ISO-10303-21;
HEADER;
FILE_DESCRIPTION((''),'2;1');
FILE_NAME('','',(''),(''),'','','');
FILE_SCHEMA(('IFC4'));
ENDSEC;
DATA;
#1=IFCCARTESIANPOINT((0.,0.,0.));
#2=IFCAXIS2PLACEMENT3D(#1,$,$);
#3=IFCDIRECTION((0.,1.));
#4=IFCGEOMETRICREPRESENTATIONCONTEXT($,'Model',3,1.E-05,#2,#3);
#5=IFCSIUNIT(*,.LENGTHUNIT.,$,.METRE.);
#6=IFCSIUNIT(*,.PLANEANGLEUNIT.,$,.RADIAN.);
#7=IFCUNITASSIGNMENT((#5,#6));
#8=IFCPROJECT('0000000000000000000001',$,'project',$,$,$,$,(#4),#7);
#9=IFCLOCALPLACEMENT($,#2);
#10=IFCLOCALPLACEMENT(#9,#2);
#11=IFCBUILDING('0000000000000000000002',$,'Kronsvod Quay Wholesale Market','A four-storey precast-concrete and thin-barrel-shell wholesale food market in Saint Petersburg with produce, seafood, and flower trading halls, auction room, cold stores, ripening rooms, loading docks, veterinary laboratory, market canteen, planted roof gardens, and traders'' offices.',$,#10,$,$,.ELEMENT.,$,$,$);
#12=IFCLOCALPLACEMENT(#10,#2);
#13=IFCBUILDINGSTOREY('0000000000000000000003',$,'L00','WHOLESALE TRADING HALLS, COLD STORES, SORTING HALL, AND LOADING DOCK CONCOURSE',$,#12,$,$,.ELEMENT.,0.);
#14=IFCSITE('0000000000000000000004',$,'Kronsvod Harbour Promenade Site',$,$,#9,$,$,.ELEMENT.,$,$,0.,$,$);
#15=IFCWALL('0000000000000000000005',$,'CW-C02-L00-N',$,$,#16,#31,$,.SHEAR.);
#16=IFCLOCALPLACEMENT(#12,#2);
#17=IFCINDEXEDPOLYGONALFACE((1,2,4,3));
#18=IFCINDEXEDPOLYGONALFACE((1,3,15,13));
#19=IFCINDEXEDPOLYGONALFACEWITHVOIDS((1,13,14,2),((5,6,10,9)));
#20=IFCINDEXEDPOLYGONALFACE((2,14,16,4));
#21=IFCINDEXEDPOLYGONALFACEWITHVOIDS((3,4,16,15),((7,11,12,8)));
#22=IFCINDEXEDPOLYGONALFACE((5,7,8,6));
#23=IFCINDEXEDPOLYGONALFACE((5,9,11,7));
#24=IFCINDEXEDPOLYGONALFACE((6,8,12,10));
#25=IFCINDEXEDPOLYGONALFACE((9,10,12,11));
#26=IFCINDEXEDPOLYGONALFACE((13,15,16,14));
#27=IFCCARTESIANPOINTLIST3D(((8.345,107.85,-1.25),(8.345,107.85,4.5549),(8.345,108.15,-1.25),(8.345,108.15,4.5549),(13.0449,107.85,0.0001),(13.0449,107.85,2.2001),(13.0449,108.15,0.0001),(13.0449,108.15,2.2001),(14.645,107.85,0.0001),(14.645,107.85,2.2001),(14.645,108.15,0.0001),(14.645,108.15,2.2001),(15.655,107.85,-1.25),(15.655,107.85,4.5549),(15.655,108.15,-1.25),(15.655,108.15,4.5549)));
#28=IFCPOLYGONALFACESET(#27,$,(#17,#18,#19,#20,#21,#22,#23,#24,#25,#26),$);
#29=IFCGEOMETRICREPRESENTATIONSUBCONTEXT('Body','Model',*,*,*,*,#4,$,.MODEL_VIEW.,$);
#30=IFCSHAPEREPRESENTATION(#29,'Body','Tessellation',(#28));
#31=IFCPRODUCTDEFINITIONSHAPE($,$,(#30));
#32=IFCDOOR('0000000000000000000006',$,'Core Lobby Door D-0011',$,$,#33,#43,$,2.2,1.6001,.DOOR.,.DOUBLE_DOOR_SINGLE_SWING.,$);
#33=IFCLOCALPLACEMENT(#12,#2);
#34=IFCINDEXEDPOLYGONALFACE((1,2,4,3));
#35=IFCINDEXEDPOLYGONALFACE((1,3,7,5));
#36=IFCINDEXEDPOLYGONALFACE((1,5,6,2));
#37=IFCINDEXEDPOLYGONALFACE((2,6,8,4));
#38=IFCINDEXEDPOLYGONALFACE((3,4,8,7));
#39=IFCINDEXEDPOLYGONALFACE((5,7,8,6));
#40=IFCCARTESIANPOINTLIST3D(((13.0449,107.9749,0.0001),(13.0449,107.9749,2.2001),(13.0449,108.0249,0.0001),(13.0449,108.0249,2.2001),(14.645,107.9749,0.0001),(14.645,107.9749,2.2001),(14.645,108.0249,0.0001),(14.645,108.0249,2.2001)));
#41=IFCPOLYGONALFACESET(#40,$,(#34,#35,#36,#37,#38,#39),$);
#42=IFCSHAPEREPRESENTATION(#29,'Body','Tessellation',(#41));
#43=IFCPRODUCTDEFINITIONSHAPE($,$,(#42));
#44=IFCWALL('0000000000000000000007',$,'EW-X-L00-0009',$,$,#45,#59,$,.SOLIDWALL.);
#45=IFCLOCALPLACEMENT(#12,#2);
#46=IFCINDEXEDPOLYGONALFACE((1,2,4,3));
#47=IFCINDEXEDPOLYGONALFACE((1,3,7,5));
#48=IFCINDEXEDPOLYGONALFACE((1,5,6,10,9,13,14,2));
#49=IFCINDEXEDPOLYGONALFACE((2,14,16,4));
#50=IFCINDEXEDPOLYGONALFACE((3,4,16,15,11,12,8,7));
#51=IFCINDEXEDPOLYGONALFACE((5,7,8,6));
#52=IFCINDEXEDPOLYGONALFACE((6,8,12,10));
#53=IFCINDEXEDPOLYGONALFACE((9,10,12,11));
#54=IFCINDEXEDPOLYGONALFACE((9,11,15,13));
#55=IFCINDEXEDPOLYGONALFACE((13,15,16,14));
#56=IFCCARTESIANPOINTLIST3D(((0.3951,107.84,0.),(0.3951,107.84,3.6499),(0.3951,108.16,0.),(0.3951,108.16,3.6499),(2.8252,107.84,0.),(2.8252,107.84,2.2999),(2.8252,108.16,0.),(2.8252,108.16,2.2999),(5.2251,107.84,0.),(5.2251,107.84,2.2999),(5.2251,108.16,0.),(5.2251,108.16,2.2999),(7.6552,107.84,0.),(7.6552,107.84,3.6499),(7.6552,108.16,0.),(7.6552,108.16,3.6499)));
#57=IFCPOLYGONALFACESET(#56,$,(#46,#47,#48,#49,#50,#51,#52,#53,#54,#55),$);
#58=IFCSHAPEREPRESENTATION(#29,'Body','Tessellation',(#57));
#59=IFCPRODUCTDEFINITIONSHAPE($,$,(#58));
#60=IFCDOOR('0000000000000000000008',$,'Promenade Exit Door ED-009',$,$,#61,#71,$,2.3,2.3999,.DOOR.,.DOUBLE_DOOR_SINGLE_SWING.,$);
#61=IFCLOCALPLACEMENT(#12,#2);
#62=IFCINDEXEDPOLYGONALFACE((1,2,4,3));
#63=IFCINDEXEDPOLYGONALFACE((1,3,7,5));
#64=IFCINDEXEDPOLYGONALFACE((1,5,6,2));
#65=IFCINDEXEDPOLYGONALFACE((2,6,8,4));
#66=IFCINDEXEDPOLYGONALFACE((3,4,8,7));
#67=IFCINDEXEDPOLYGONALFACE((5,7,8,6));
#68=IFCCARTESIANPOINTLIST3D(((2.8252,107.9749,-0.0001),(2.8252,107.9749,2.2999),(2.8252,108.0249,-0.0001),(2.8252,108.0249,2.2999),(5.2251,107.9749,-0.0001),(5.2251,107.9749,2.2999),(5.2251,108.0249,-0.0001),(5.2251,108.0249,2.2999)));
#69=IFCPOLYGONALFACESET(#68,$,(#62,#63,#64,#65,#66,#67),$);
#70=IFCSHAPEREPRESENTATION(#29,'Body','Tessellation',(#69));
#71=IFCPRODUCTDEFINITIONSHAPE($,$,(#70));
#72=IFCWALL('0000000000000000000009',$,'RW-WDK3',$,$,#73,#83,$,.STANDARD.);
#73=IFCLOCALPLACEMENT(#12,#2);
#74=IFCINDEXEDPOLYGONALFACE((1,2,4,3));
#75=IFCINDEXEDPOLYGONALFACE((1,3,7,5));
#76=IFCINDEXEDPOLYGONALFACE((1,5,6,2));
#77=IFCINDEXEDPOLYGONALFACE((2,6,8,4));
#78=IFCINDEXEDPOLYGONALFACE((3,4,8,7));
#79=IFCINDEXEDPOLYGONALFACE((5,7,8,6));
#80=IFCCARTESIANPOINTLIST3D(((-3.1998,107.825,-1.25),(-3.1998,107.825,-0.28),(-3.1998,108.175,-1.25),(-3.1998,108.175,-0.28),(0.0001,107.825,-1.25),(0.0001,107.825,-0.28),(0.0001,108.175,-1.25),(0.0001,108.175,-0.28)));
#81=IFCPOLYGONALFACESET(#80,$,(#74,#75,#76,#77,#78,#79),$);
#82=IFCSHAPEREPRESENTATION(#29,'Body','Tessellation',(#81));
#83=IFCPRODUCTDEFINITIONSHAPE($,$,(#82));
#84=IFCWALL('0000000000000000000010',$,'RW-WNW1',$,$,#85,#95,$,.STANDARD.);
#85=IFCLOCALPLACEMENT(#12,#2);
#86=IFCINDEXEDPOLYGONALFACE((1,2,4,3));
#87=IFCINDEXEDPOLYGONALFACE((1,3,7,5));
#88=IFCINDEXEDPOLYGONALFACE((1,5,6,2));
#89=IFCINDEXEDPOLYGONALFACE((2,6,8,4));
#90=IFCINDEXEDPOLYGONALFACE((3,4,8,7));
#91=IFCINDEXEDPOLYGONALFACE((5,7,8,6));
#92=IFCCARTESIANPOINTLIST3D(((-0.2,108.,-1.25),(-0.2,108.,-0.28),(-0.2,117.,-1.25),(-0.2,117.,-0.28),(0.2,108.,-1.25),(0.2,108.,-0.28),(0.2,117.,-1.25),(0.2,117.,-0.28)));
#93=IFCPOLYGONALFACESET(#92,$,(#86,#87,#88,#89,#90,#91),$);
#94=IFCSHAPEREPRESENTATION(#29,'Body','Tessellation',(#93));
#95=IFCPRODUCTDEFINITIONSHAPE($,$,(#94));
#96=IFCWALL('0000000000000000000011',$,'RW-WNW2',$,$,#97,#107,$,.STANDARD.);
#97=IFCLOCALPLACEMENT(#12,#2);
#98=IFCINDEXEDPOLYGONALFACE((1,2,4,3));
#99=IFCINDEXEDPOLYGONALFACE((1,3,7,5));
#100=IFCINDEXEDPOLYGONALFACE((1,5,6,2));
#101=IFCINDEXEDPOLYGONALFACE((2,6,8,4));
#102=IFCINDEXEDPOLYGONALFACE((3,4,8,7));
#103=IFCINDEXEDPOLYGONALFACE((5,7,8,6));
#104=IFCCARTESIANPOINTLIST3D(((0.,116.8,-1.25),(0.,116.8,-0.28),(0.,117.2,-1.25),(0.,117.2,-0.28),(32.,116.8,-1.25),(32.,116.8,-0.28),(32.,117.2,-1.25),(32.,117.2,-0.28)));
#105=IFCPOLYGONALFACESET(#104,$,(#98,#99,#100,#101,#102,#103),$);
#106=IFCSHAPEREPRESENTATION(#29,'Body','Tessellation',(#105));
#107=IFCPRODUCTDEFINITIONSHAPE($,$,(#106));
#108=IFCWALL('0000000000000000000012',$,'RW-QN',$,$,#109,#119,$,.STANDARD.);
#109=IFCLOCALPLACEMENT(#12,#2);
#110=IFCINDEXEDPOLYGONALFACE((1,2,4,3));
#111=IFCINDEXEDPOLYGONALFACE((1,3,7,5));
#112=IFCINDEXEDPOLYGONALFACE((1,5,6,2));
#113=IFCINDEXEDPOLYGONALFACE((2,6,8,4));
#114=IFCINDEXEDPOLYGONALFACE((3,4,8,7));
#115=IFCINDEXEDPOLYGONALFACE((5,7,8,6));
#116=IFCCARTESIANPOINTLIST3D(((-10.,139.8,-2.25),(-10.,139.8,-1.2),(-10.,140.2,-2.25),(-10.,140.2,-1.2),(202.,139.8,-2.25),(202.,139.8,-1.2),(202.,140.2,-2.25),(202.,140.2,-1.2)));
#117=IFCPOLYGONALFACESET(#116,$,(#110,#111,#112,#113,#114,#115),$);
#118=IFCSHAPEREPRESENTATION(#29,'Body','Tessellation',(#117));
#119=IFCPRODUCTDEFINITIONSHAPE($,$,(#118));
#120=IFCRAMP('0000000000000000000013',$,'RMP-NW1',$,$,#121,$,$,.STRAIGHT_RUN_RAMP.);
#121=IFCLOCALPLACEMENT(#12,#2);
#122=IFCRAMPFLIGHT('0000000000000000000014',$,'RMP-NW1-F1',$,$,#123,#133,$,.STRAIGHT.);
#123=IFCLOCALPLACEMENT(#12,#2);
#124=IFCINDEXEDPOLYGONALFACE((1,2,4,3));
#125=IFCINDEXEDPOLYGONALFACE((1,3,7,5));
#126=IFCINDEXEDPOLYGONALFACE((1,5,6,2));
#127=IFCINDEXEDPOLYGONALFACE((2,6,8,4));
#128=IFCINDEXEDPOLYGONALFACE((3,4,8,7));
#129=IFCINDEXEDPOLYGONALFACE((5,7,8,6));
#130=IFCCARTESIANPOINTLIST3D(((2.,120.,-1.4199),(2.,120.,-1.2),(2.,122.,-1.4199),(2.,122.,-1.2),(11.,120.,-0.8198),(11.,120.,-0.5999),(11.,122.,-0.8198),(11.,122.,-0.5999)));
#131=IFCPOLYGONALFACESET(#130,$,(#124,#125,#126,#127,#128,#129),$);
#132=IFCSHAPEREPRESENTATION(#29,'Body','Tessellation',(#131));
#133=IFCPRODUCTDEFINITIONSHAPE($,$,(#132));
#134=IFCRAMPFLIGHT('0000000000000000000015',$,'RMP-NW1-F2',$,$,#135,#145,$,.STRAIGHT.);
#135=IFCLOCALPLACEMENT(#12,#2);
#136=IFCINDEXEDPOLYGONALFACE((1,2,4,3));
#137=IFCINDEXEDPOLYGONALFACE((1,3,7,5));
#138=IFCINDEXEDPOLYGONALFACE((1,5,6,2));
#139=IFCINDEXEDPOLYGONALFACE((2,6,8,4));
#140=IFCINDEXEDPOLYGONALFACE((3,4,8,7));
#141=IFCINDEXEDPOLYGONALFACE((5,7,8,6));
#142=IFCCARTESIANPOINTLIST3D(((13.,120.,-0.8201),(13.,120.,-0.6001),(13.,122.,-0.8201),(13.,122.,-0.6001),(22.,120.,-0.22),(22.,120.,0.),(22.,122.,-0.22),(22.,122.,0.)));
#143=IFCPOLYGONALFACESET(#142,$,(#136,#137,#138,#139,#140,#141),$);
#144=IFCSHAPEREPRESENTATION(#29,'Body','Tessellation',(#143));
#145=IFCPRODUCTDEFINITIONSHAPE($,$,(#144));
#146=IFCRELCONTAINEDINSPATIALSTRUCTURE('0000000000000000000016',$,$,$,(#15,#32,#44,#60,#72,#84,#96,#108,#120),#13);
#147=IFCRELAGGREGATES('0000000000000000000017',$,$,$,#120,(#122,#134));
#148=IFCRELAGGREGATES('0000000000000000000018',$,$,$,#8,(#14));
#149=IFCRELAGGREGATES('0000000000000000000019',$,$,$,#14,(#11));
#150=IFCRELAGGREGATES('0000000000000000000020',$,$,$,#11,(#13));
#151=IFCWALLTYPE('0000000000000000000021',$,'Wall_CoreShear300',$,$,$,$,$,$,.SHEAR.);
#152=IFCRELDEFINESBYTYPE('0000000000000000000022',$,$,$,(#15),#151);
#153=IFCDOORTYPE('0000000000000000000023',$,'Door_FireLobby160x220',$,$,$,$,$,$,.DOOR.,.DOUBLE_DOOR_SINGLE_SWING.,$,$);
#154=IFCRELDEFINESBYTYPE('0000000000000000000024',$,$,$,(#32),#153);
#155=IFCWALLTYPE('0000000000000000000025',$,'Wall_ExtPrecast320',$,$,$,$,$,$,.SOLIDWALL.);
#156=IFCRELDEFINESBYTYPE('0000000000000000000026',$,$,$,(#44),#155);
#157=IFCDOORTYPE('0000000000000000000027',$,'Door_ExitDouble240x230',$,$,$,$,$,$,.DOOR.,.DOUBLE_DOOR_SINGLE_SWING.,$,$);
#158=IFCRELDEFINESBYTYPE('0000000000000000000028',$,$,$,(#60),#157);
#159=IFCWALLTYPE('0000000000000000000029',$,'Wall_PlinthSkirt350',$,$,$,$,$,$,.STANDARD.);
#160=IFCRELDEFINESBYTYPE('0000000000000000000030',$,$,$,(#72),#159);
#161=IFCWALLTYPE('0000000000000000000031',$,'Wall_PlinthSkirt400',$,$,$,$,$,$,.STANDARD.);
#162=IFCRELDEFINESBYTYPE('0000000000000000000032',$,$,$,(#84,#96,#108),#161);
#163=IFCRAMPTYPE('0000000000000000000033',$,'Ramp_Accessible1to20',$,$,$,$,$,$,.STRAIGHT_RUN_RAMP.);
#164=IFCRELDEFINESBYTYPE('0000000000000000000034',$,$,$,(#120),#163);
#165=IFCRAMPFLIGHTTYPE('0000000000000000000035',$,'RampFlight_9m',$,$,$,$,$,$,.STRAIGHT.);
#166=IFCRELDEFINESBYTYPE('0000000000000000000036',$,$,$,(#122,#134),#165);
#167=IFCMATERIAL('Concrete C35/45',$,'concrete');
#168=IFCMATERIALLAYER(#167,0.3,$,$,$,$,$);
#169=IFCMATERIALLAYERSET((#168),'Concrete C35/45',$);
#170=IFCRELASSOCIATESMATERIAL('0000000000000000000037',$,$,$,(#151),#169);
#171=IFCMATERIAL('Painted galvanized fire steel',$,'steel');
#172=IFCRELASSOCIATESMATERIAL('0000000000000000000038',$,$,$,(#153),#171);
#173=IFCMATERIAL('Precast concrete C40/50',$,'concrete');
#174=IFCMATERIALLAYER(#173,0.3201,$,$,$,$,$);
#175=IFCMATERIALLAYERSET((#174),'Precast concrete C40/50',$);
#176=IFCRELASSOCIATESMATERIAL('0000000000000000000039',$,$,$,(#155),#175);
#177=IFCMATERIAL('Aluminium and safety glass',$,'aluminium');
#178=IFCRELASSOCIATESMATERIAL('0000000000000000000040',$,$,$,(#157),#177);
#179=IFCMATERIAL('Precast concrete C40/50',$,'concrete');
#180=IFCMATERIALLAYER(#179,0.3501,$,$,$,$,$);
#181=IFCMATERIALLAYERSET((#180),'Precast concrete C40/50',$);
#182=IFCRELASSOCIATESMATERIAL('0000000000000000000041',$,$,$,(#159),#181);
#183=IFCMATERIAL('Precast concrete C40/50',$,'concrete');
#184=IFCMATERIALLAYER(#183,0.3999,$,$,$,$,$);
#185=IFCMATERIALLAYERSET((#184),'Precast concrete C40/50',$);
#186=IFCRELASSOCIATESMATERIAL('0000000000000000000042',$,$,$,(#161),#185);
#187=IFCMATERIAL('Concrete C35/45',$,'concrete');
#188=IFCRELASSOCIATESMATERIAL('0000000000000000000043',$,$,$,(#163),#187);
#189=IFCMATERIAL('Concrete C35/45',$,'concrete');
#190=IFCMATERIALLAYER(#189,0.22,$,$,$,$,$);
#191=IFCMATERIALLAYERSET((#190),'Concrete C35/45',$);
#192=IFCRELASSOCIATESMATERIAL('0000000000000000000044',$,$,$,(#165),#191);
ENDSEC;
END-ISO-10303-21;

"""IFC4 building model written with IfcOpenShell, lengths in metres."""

from ifc_helpers import new_model, si_unit, direction, frame, frame_2d, origin, place, context, subcontext, project, spatial, polyline, rectangle, outline, extrude, material, layer, layer_set, type_object, element, fill, aggregate, save


model = new_model("IFC4")

# Units and contexts
model_context = context("Model", 3, precision=1e-05, world=origin(), true_north=direction((0.0, 1.0)))
body_context = subcontext(model_context, "Body", "Model", "MODEL_VIEW")
ifc_project = project(units=[si_unit("LENGTHUNIT", "METRE"), si_unit("PLANEANGLEUNIT", "RADIAN")], contexts=[model_context])

# Site, building, storey
site_placement = place(None, origin())
site = spatial("IfcSite", under=ifc_project, at=site_placement, Name="Kronsvod Harbour Promenade Site", CompositionType="ELEMENT", RefElevation=0.0)
building_placement = place(site_placement, origin())
building = spatial("IfcBuilding", under=site, at=building_placement, Name="Kronsvod Quay Wholesale Market", Description="A four-storey precast-concrete and thin-barrel-shell wholesale food market in Saint Petersburg with produce, seafood, and flower trading halls, auction room, cold stores, ripening rooms, loading docks, veterinary laboratory, market canteen, planted roof gardens, and traders' offices.", CompositionType="ELEMENT")
storey_placement = place(building_placement, origin())
storey = spatial("IfcBuildingStorey", under=building, at=storey_placement, Name="L00", Description="WHOLESALE TRADING HALLS, COLD STORES, SORTING HALL, AND LOADING DOCK CONCOURSE", CompositionType="ELEMENT", Elevation=0.0)

# Walls, openings, doors
ifc_material_1 = material(Name="Concrete C35/45", Category="concrete")
ifc_layer_1 = layer(ifc_material_1, 0.3)
ifc_layer_set_1 = layer_set([ifc_layer_1], Name="Concrete C35/45")
wall_type_1 = type_object("IfcWallType", Name="Wall_CoreShear300", PredefinedType="SHEAR", material=ifc_layer_set_1)
wall_1_placement = place(storey_placement, frame((8.345, 108.0, -1.25), z_axis=(0.0, 0.0, 1.0), x_axis=(1.0, 0.0, 0.0)))
wall_1 = element("IfcWall", 1, at=wall_1_placement, inside=storey, type_object=wall_type_1, Name="CW-C02-L00-N", PredefinedType="SHEAR", context=body_context, shape_type="SweptSolid", body=[
    extrude(rectangle(XDim=7.3101, YDim=0.3, at=frame_2d((3.655, 0.0))), origin(), (0.0, 0.0, 1.0), 5.8049),
])
opening_1_placement = place(wall_1_placement, frame((4.7, 0.0, 1.25)))
opening_1 = element("IfcOpeningElement", 2, at=opening_1_placement, cuts=wall_1, PredefinedType="OPENING", context=body_context, shape_type="SweptSolid", body=[
    extrude(rectangle(XDim=1.6001, YDim=2.2, at=frame_2d((0.8, 1.1001))), frame((0.0, 0.1602, 0.0), z_axis=(0.0, -1.0, 0.0), x_axis=(1.0, 0.0, 0.0)), (0.0, 0.0, 1.0), 0.3201),
])
ifc_material_2 = material(Name="Painted galvanized fire steel", Category="steel")
door_type_1 = type_object("IfcDoorType", Name="Door_FireLobby160x220", OperationType="DOUBLE_DOOR_SINGLE_SWING", PredefinedType="DOOR", material=ifc_material_2)
door_1_placement = place(opening_1_placement, origin())
door_1 = element("IfcDoor", 3, at=door_1_placement, inside=storey, type_object=door_type_1, Name="Core Lobby Door D-0011", OperationType="DOUBLE_DOOR_SINGLE_SWING", OverallHeight=2.2, OverallWidth=1.6001, PredefinedType="DOOR", context=body_context, shape_type="SweptSolid", body=[
    extrude(rectangle(XDim=1.6001, YDim=2.2, at=frame_2d((0.8, 1.1001))), frame((0.0, 0.0249, 0.0), z_axis=(0.0, -1.0, 0.0), x_axis=(1.0, 0.0, 0.0)), (0.0, 0.0, 1.0), 0.05),
])
fill(opening_1, door_1)
ifc_material_3 = material(Name="Precast concrete C40/50", Category="concrete")
ifc_layer_2 = layer(ifc_material_3, 0.3201)
ifc_layer_set_2 = layer_set([ifc_layer_2], Name="Precast concrete C40/50")
wall_type_2 = type_object("IfcWallType", Name="Wall_ExtPrecast320", PredefinedType="SOLIDWALL", material=ifc_layer_set_2)
wall_2_placement = place(storey_placement, frame((7.655, 108.0, 0.0), z_axis=(0.0, 0.0, 1.0), x_axis=(-1.0, 0.0, 0.0)))
wall_2 = element("IfcWall", 4, at=wall_2_placement, inside=storey, type_object=wall_type_2, Name="EW-X-L00-0009", PredefinedType="SOLIDWALL", context=body_context, shape_type="SweptSolid", body=[
    extrude(rectangle(XDim=7.26, YDim=0.3201, at=frame_2d((3.6299, 0.0))), origin(), (0.0, 0.0, 1.0), 3.6499),
])
opening_2_placement = place(wall_2_placement, frame((2.4299, 0.0, 0.0)))
opening_2 = element("IfcOpeningElement", 5, at=opening_2_placement, cuts=wall_2, PredefinedType="OPENING", context=body_context, shape_type="SweptSolid", body=[
    extrude(rectangle(XDim=2.3999, YDim=2.3, at=frame_2d((1.2, 1.1499))), frame((0.0, 0.1699, 0.0), z_axis=(0.0, -1.0, 0.0), x_axis=(1.0, 0.0, 0.0)), (0.0, 0.0, 1.0), 0.3401),
])
ifc_material_4 = material(Name="Aluminium and safety glass", Category="aluminium")
door_type_2 = type_object("IfcDoorType", Name="Door_ExitDouble240x230", OperationType="DOUBLE_DOOR_SINGLE_SWING", PredefinedType="DOOR", material=ifc_material_4)
door_2_placement = place(opening_2_placement, frame((2.3999, 0.0, 0.0), z_axis=(0.0, 0.0, 1.0), x_axis=(-1.0, 0.0, 0.0)))
door_2 = element("IfcDoor", 6, at=door_2_placement, inside=storey, type_object=door_type_2, Name="Promenade Exit Door ED-009", OperationType="DOUBLE_DOOR_SINGLE_SWING", OverallHeight=2.3, OverallWidth=2.3999, PredefinedType="DOOR", context=body_context, shape_type="SweptSolid", body=[
    extrude(rectangle(XDim=2.3999, YDim=2.3, at=frame_2d((1.2, 1.1499))), frame((0.0, 0.0249, 0.0), z_axis=(0.0, -1.0, 0.0), x_axis=(1.0, 0.0, 0.0)), (0.0, 0.0, 1.0), 0.05),
])
fill(opening_2, door_2)

# Walls
ifc_material_5 = material(Name="Precast concrete C40/50", Category="concrete")
ifc_layer_3 = layer(ifc_material_5, 0.3501)
ifc_layer_set_3 = layer_set([ifc_layer_3], Name="Precast concrete C40/50")
wall_type_3 = type_object("IfcWallType", Name="Wall_PlinthSkirt350", PredefinedType="STANDARD", material=ifc_layer_set_3)
wall_3_placement = place(storey_placement, frame((-3.2, 108.0, -1.25), z_axis=(0.0, 0.0, 1.0), x_axis=(1.0, 0.0, 0.0)))
element("IfcWall", 7, at=wall_3_placement, inside=storey, type_object=wall_type_3, Name="RW-WDK3", PredefinedType="STANDARD", context=body_context, shape_type="SweptSolid", body=[
    extrude(rectangle(XDim=3.2, YDim=0.3501, at=frame_2d((1.6001, 0.0))), origin(), (0.0, 0.0, 1.0), 0.97),
])
ifc_material_6 = material(Name="Precast concrete C40/50", Category="concrete")
ifc_layer_4 = layer(ifc_material_6, 0.3999)
ifc_layer_set_4 = layer_set([ifc_layer_4], Name="Precast concrete C40/50")
wall_type_4 = type_object("IfcWallType", Name="Wall_PlinthSkirt400", PredefinedType="STANDARD", material=ifc_layer_set_4)
wall_4_placement = place(storey_placement, frame((0.0, 108.0, -1.25), z_axis=(0.0, 0.0, 1.0), x_axis=(0.0, 1.0, 0.0)))
element("IfcWall", 8, at=wall_4_placement, inside=storey, type_object=wall_type_4, Name="RW-WNW1", PredefinedType="STANDARD", context=body_context, shape_type="SweptSolid", body=[
    extrude(rectangle(XDim=9.0, YDim=0.3999, at=frame_2d((4.5, 0.0))), origin(), (0.0, 0.0, 1.0), 0.97),
])
wall_5_placement = place(storey_placement, frame((0.0, 117.0, -1.25), z_axis=(0.0, 0.0, 1.0), x_axis=(1.0, 0.0, 0.0)))
element("IfcWall", 9, at=wall_5_placement, inside=storey, type_object=wall_type_4, Name="RW-WNW2", PredefinedType="STANDARD", context=body_context, shape_type="SweptSolid", body=[
    extrude(rectangle(XDim=32.0, YDim=0.3999, at=frame_2d((16.0, 0.0))), origin(), (0.0, 0.0, 1.0), 0.97),
])
wall_6_placement = place(storey_placement, frame((-10.0, 140.0, -2.25), z_axis=(0.0, 0.0, 1.0), x_axis=(1.0, 0.0, 0.0)))
element("IfcWall", 10, at=wall_6_placement, inside=storey, type_object=wall_type_4, Name="RW-QN", PredefinedType="STANDARD", context=body_context, shape_type="SweptSolid", body=[
    extrude(rectangle(XDim=212.0, YDim=0.3999, at=frame_2d((106.0, 0.0))), origin(), (0.0, 0.0, 1.0), 1.05),
])

# Ramp, ramp flights
ifc_material_7 = material(Name="Concrete C35/45", Category="concrete")
ramp_type = type_object("IfcRampType", Name="Ramp_Accessible1to20", PredefinedType="STRAIGHT_RUN_RAMP", material=ifc_material_7)
ramp_placement = place(storey_placement, origin())
ramp = element("IfcRamp", 11, at=ramp_placement, inside=storey, type_object=ramp_type, Name="RMP-NW1", PredefinedType="STRAIGHT_RUN_RAMP")
ifc_material_8 = material(Name="Concrete C35/45", Category="concrete")
ifc_layer_5 = layer(ifc_material_8, 0.22)
ifc_layer_set_5 = layer_set([ifc_layer_5], Name="Concrete C35/45")
ramp_flight_type = type_object("IfcRampFlightType", Name="RampFlight_9m", PredefinedType="STRAIGHT", material=ifc_layer_set_5)
ramp_flight_1_placement = place(storey_placement, frame((2.0, 121.0, -1.2), z_axis=(0.0, 0.0, 1.0), x_axis=(1.0, 0.0, 0.0)))
ramp_flight_1 = element("IfcRampFlight", 12, at=ramp_flight_1_placement, type_object=ramp_flight_type, Name="RMP-NW1-F1", PredefinedType="STRAIGHT", context=body_context, shape_type="SweptSolid", body=[
    extrude(outline(polyline([(0.0, 0.0), (0.0, -0.22), (9.0, 0.3801), (9.0, 0.6001), (0.0, 0.0)])), frame((0.0, 1.0, 0.0), z_axis=(0.0, -1.0, 0.0), x_axis=(1.0, 0.0, 0.0)), (0.0, 0.0, 1.0), 2.0),
])
ramp_flight_2_placement = place(storey_placement, frame((13.0, 121.0, -0.6001), z_axis=(0.0, 0.0, 1.0), x_axis=(1.0, 0.0, 0.0)))
ramp_flight_2 = element("IfcRampFlight", 13, at=ramp_flight_2_placement, type_object=ramp_flight_type, Name="RMP-NW1-F2", PredefinedType="STRAIGHT", context=body_context, shape_type="SweptSolid", body=[
    extrude(outline(polyline([(0.0, 0.0), (0.0, -0.22), (9.0, 0.3801), (9.0, 0.6001), (0.0, 0.0)])), frame((0.0, 1.0, 0.0), z_axis=(0.0, -1.0, 0.0), x_axis=(1.0, 0.0, 0.0)), (0.0, 0.0, 1.0), 2.0),
])
aggregate(ramp, [ramp_flight_1, ramp_flight_2])

save(model, "model.ifc")
